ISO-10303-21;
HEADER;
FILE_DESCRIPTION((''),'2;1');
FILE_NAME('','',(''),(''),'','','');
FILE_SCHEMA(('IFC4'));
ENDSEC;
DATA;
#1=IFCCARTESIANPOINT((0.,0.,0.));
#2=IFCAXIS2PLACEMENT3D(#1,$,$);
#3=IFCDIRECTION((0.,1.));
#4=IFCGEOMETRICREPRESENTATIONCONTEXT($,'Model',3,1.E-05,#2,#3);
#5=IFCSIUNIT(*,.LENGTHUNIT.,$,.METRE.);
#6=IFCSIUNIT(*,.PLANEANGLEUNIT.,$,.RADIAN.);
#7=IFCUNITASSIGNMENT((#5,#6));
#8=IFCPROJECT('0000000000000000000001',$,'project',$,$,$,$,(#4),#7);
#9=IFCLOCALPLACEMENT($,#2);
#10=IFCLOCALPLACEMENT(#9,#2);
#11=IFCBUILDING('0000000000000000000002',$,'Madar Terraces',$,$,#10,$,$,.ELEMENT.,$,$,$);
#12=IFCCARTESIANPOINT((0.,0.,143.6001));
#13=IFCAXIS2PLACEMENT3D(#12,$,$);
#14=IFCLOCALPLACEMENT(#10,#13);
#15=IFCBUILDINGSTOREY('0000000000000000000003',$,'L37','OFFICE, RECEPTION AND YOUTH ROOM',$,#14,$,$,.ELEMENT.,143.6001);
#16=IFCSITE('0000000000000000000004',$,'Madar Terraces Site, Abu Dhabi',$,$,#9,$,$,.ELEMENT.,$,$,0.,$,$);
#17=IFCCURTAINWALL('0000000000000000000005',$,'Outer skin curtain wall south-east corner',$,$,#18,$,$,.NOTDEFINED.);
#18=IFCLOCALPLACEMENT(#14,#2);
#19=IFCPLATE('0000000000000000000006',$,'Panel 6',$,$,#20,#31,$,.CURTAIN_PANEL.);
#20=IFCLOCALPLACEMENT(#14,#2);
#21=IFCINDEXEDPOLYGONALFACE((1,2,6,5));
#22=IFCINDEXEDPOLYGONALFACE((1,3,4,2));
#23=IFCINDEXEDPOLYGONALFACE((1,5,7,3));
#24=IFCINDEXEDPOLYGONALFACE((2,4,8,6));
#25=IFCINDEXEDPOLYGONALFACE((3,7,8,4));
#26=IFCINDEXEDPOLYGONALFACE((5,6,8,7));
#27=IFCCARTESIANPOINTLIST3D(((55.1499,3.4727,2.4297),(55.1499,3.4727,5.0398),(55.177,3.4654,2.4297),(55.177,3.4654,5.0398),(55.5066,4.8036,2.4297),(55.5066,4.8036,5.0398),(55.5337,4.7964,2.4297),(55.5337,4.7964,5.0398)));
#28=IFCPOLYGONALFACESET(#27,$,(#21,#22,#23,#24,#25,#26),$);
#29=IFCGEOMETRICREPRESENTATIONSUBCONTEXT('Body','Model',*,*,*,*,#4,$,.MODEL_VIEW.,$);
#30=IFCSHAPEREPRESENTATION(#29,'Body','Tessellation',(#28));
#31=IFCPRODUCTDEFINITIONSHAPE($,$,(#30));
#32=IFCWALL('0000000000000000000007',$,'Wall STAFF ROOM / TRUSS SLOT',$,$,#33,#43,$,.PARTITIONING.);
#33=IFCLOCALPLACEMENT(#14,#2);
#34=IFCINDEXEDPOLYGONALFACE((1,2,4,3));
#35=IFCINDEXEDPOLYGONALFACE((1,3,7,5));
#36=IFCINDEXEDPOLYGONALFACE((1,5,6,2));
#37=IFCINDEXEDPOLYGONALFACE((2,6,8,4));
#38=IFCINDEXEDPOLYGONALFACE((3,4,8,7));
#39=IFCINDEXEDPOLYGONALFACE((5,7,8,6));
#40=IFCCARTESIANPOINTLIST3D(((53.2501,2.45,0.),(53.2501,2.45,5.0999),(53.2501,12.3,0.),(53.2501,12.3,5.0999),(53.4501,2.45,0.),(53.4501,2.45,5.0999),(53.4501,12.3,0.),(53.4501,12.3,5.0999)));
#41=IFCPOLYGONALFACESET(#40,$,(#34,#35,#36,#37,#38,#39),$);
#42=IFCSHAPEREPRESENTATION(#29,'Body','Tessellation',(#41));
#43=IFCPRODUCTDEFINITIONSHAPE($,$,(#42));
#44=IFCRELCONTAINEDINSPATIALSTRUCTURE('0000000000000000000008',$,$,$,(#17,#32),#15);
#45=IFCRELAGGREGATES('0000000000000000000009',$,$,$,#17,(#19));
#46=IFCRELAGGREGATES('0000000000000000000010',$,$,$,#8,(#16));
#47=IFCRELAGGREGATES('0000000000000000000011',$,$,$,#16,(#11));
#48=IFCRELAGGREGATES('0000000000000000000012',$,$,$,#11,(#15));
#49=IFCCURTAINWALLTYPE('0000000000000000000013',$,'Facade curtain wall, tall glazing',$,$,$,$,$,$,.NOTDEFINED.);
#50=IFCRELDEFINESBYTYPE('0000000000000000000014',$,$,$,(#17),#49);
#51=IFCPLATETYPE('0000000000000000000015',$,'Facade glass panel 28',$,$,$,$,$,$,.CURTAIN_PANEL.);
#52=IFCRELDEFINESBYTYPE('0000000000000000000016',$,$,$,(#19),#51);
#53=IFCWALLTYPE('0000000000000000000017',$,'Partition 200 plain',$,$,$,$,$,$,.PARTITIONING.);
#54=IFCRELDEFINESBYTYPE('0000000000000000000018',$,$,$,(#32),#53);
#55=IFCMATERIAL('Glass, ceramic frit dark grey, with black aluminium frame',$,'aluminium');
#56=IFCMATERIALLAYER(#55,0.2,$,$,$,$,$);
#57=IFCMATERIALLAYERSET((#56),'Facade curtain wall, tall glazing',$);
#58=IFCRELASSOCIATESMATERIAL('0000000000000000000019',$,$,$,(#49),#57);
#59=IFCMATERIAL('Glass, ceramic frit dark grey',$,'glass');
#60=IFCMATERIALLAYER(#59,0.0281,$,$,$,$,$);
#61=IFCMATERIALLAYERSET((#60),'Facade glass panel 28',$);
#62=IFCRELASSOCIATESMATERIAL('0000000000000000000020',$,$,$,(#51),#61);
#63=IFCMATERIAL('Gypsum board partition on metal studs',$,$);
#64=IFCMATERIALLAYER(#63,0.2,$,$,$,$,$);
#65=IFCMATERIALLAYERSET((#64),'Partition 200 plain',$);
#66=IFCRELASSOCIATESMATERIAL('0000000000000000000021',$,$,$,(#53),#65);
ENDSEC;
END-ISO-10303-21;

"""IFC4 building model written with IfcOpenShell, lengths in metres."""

from ifc_helpers import new_model, si_unit, direction, frame, frame_2d, origin, origin_2d, place, context, subcontext, project, spatial, rectangle, extrude, material, layer, layer_set, type_object, element, aggregate, save


model = new_model("IFC4")

# Units and contexts
model_context = context("Model", 3, precision=1e-05, world=origin(), true_north=direction((0.0, 1.0)))
body_context = subcontext(model_context, "Body", "Model", "MODEL_VIEW")
ifc_project = project(units=[si_unit("LENGTHUNIT", "METRE"), si_unit("PLANEANGLEUNIT", "RADIAN")], contexts=[model_context])

# Site, building, storey
site_placement = place(None, origin())
site = spatial("IfcSite", under=ifc_project, at=site_placement, Name="Madar Terraces Site, Abu Dhabi", CompositionType="ELEMENT", RefElevation=0.0)
building_placement = place(site_placement, origin())
building = spatial("IfcBuilding", under=site, at=building_placement, Name="Madar Terraces", CompositionType="ELEMENT")
storey_placement = place(building_placement, frame((0.0, 0.0, 143.6001)))
storey = spatial("IfcBuildingStorey", under=building, at=storey_placement, Name="L37", Description="OFFICE, RECEPTION AND YOUTH ROOM", CompositionType="ELEMENT", Elevation=143.6001)

# Curtain wall
ifc_material_1 = material(Name="Glass, ceramic frit dark grey, with black aluminium frame", Category="aluminium")
ifc_layer_1 = layer(ifc_material_1, 0.2)
ifc_layer_set_1 = layer_set([ifc_layer_1], Name="Facade curtain wall, tall glazing")
curtain_wall_type = type_object("IfcCurtainWallType", Name="Facade curtain wall, tall glazing", PredefinedType="NOTDEFINED", material=ifc_layer_set_1)
curtain_wall_1_placement = place(storey_placement, origin())
curtain_wall_1 = element("IfcCurtainWall", 1, at=curtain_wall_1_placement, inside=storey, type_object=curtain_wall_type, Name="Outer skin curtain wall south-east corner", PredefinedType="NOTDEFINED")

# Plate
ifc_material_2 = material(Name="Glass, ceramic frit dark grey", Category="glass")
ifc_layer_2 = layer(ifc_material_2, 0.0281)
ifc_layer_set_2 = layer_set([ifc_layer_2], Name="Facade glass panel 28")
plate_type = type_object("IfcPlateType", Name="Facade glass panel 28", PredefinedType="CURTAIN_PANEL", material=ifc_layer_set_2)
plate_1_placement = place(storey_placement, frame((55.3418, 4.1345, 2.4297), z_axis=(0.0, 0.0, 1.0), x_axis=(0.258819, 0.965926, 0.0)))
plate_1 = element("IfcPlate", 2, at=plate_1_placement, type_object=plate_type, Name="Panel 6", PredefinedType="CURTAIN_PANEL", context=body_context, shape_type="SweptSolid", body=[
    extrude(rectangle(XDim=1.3779, YDim=0.0281, at=origin_2d()), origin(), (0.0, 0.0, 1.0), 2.6101),
])
aggregate(curtain_wall_1, [plate_1])

# Wall
ifc_material_3 = material(Name="Gypsum board partition on metal studs")
ifc_layer_3 = layer(ifc_material_3, 0.2)
ifc_layer_set_3 = layer_set([ifc_layer_3], Name="Partition 200 plain")
wall_type = type_object("IfcWallType", Name="Partition 200 plain", PredefinedType="PARTITIONING", material=ifc_layer_set_3)
wall_placement = place(storey_placement, frame((53.3501, 2.45, 0.0), z_axis=(0.0, 0.0, 1.0), x_axis=(0.0, 1.0, 0.0)))
element("IfcWall", 3, at=wall_placement, inside=storey, type_object=wall_type, Name="Wall STAFF ROOM / TRUSS SLOT", PredefinedType="PARTITIONING", context=body_context, shape_type="SweptSolid", body=[
    extrude(rectangle(XDim=9.8501, YDim=0.2, at=frame_2d((4.925, 0.0))), origin(), (0.0, 0.0, 1.0), 5.0999),
])

save(model, "model.ifc")
